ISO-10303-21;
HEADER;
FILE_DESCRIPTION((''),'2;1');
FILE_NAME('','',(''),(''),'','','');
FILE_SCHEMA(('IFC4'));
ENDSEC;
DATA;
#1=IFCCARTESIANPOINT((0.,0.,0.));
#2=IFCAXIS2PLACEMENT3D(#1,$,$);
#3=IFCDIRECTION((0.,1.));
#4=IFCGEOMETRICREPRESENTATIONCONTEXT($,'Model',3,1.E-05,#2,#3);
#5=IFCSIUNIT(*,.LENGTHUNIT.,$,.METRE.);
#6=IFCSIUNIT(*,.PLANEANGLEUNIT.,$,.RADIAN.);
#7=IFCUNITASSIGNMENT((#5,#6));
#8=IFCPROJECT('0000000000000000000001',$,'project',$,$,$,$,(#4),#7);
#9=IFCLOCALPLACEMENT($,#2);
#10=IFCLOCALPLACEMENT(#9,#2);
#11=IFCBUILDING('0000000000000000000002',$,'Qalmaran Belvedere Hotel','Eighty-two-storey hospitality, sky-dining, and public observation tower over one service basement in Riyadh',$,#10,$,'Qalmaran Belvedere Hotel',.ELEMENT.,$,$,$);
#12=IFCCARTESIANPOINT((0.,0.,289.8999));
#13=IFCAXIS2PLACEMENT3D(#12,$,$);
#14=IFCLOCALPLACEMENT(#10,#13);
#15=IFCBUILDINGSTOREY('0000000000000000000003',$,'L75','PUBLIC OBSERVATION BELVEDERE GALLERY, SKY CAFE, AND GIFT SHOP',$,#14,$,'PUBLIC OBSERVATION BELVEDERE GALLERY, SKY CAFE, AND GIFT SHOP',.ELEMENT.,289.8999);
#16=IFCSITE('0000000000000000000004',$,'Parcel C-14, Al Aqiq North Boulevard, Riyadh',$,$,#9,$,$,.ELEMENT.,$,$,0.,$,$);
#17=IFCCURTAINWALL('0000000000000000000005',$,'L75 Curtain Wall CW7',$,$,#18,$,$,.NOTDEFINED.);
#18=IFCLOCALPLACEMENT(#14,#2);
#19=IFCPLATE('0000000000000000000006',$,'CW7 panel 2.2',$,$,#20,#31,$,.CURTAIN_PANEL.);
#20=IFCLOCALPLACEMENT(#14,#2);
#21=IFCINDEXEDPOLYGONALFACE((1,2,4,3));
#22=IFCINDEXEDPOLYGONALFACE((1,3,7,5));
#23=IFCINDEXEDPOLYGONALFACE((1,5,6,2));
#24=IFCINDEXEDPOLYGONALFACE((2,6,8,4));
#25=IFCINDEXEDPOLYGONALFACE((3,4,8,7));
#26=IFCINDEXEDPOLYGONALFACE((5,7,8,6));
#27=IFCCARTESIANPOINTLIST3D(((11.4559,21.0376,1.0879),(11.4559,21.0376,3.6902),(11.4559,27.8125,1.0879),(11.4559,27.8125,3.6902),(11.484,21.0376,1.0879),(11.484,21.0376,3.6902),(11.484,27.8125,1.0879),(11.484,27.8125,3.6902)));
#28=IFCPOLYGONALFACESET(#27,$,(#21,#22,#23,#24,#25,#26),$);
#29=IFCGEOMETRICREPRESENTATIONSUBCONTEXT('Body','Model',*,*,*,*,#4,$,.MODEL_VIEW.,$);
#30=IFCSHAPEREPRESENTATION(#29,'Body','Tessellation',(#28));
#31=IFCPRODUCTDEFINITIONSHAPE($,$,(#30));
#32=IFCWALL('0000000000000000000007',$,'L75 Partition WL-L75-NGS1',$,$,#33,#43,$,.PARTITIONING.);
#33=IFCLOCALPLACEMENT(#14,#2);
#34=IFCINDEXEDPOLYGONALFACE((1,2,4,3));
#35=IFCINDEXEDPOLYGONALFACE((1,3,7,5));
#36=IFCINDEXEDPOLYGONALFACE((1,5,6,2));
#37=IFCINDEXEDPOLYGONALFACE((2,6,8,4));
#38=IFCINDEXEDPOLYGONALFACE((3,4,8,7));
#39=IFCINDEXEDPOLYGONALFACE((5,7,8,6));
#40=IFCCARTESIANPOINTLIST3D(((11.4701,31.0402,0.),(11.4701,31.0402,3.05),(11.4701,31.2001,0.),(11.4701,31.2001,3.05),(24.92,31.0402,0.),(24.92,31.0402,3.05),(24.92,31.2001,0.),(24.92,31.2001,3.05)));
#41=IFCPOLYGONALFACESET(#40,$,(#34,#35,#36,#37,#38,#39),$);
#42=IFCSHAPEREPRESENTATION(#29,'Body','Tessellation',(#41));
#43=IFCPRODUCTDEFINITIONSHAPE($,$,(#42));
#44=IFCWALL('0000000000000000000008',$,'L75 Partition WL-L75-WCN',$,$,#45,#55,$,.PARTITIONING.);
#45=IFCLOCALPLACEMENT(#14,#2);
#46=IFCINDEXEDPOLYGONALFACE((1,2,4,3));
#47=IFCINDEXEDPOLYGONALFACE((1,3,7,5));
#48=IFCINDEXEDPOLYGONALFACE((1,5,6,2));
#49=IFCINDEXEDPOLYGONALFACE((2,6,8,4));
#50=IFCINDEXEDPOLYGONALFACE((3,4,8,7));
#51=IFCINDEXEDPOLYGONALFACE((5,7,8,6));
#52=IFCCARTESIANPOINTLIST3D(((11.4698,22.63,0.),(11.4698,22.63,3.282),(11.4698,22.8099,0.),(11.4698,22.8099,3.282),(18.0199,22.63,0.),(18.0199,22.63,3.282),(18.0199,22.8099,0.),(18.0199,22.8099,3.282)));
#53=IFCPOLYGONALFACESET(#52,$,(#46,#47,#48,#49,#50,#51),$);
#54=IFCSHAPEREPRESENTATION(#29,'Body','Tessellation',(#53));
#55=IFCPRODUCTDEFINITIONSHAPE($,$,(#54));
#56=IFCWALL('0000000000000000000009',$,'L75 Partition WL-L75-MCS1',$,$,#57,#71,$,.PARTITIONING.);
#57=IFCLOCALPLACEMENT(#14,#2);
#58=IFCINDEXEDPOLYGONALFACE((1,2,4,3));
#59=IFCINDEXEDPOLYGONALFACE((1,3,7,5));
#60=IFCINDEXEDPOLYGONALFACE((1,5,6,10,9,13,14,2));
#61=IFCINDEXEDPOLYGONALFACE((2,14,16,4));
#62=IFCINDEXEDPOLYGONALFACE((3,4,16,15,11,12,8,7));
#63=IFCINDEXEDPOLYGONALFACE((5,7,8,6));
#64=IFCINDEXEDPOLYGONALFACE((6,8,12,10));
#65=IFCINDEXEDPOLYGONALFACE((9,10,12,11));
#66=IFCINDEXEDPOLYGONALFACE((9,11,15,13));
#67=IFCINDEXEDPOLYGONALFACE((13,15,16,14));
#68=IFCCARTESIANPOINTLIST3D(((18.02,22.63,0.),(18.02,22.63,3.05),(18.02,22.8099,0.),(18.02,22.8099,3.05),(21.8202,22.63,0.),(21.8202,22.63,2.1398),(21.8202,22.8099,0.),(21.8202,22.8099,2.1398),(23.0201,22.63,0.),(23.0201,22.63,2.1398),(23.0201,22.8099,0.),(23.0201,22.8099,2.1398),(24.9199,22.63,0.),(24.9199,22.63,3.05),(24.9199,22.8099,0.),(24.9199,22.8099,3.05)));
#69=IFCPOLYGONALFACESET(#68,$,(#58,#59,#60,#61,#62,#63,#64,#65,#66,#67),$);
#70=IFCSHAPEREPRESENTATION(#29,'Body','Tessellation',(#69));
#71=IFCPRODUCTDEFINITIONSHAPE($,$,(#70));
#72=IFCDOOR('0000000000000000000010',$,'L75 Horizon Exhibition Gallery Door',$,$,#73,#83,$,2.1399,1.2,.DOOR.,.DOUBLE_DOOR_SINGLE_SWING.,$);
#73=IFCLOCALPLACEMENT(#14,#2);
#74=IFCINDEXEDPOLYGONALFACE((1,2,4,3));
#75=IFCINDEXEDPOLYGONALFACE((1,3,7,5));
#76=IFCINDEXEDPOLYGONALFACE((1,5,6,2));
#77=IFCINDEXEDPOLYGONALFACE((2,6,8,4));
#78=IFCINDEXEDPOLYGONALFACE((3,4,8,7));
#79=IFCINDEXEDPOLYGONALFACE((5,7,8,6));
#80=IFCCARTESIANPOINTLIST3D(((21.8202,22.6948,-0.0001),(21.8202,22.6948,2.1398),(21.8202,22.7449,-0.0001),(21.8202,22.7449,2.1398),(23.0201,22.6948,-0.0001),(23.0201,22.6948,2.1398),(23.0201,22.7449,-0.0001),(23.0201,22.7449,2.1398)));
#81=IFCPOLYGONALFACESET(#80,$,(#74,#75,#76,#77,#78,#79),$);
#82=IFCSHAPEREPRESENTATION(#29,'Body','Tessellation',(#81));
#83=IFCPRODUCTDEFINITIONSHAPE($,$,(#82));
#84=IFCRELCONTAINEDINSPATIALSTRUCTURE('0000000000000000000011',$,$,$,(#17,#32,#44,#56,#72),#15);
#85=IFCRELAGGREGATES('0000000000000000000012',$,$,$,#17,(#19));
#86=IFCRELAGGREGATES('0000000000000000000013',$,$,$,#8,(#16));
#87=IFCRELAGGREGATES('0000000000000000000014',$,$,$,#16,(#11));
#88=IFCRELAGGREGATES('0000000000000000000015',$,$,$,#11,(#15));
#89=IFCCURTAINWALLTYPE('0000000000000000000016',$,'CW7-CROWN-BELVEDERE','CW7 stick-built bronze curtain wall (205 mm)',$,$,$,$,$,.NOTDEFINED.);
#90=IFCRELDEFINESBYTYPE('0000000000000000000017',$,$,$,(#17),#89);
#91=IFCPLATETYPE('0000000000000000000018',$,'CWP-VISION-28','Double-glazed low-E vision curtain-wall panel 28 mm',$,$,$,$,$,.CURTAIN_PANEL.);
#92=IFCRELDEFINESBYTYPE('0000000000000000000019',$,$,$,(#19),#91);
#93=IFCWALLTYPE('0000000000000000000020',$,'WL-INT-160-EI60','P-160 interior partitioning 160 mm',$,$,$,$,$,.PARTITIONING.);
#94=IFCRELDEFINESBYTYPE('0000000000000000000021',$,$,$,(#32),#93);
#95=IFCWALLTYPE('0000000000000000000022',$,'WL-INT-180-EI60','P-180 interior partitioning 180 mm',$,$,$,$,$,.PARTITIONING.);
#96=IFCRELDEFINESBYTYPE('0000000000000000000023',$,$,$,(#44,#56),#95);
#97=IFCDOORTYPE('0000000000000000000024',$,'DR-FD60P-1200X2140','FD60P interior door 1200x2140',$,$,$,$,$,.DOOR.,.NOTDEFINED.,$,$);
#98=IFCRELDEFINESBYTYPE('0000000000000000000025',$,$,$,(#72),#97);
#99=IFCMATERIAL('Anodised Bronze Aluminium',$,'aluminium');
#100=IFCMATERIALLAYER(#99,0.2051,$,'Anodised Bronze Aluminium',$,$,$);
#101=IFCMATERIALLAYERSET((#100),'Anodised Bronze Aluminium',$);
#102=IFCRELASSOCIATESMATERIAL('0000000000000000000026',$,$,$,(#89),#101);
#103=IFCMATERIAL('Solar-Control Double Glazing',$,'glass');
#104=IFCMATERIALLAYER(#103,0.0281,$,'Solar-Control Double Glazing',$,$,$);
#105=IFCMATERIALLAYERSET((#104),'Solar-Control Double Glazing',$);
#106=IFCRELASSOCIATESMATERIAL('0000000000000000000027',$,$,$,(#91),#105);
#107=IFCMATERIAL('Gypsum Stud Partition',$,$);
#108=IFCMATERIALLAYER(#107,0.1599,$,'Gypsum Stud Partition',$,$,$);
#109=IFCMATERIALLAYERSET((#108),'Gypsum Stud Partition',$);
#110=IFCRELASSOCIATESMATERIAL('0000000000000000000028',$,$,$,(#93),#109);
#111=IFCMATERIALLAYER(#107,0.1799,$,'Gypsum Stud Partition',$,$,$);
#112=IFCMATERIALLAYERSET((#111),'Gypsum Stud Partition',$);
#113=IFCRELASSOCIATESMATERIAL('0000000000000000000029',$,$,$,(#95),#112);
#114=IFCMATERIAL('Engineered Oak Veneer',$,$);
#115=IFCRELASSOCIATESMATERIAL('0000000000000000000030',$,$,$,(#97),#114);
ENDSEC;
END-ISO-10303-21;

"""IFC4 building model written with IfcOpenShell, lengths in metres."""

from ifc_helpers import new_model, si_unit, direction, frame, frame_2d, origin, origin_2d, place, context, subcontext, project, spatial, rectangle, extrude, material, layer, layer_set, type_object, element, fill, aggregate, save


model = new_model("IFC4")

# Units and contexts
model_context = context("Model", 3, precision=1e-05, world=origin(), true_north=direction((0.0, 1.0)))
body_context = subcontext(model_context, "Body", "Model", "MODEL_VIEW")
ifc_project = project(units=[si_unit("LENGTHUNIT", "METRE"), si_unit("PLANEANGLEUNIT", "RADIAN")], contexts=[model_context])

# Site, building, storey
site_placement = place(None, origin())
site = spatial("IfcSite", under=ifc_project, at=site_placement, Name="Parcel C-14, Al Aqiq North Boulevard, Riyadh", CompositionType="ELEMENT", RefElevation=0.0)
building_placement = place(site_placement, origin())
building = spatial("IfcBuilding", under=site, at=building_placement, Name="Qalmaran Belvedere Hotel", Description="Eighty-two-storey hospitality, sky-dining, and public observation tower over one service basement in Riyadh", LongName="Qalmaran Belvedere Hotel", CompositionType="ELEMENT")
storey_placement = place(building_placement, frame((0.0, 0.0, 289.8999)))
storey = spatial("IfcBuildingStorey", under=building, at=storey_placement, Name="L75", Description="PUBLIC OBSERVATION BELVEDERE GALLERY, SKY CAFE, AND GIFT SHOP", LongName="PUBLIC OBSERVATION BELVEDERE GALLERY, SKY CAFE, AND GIFT SHOP", CompositionType="ELEMENT", Elevation=289.8999)

# Curtain wall, plate
ifc_material_1 = material(Name="Anodised Bronze Aluminium", Category="aluminium")
ifc_layer_1 = layer(ifc_material_1, 0.2051, Name="Anodised Bronze Aluminium")
ifc_layer_set_1 = layer_set([ifc_layer_1], Name="Anodised Bronze Aluminium")
curtain_wall_type = type_object("IfcCurtainWallType", Name="CW7-CROWN-BELVEDERE", Description="CW7 stick-built bronze curtain wall (205 mm)", PredefinedType="NOTDEFINED", material=ifc_layer_set_1)
curtain_wall_placement = place(storey_placement, origin())
curtain_wall = element("IfcCurtainWall", 1, at=curtain_wall_placement, inside=storey, type_object=curtain_wall_type, Name="L75 Curtain Wall CW7", PredefinedType="NOTDEFINED")
ifc_material_2 = material(Name="Solar-Control Double Glazing", Category="glass")
ifc_layer_2 = layer(ifc_material_2, 0.0281, Name="Solar-Control Double Glazing")
ifc_layer_set_2 = layer_set([ifc_layer_2], Name="Solar-Control Double Glazing")
plate_type_1 = type_object("IfcPlateType", Name="CWP-VISION-28", Description="Double-glazed low-E vision curtain-wall panel 28 mm", PredefinedType="CURTAIN_PANEL", material=ifc_layer_set_2)
plate_1_placement = place(storey_placement, frame((11.47, 24.425, 1.0879), z_axis=(0.0, 0.0, 1.0), x_axis=(0.0, -1.0, 0.0)))
plate_1 = element("IfcPlate", 2, at=plate_1_placement, type_object=plate_type_1, Name="CW7 panel 2.2", PredefinedType="CURTAIN_PANEL", context=body_context, shape_type="SweptSolid", body=[
    extrude(rectangle(XDim=6.7749, YDim=0.0281, at=origin_2d()), origin(), (0.0, 0.0, 1.0), 2.6023),
])
aggregate(curtain_wall, [plate_1])

# Walls
ifc_material_3 = material(Name="Gypsum Stud Partition")
ifc_layer_3 = layer(ifc_material_3, 0.1599, Name="Gypsum Stud Partition")
ifc_layer_set_3 = layer_set([ifc_layer_3], Name="Gypsum Stud Partition")
wall_type_1 = type_object("IfcWallType", Name="WL-INT-160-EI60", Description="P-160 interior partitioning 160 mm", PredefinedType="PARTITIONING", material=ifc_layer_set_3)
wall_1_placement = place(storey_placement, frame((11.47, 31.1201, 0.0), z_axis=(0.0, 0.0, 1.0), x_axis=(1.0, 0.0, 0.0)))
element("IfcWall", 3, at=wall_1_placement, inside=storey, type_object=wall_type_1, Name="L75 Partition WL-L75-NGS1", PredefinedType="PARTITIONING", context=body_context, shape_type="SweptSolid", body=[
    extrude(rectangle(XDim=13.45, YDim=0.1599, at=frame_2d((6.7251, 0.0))), origin(), (0.0, 0.0, 1.0), 3.05),
])
ifc_layer_4 = layer(ifc_material_3, 0.1799, Name="Gypsum Stud Partition")
ifc_layer_set_4 = layer_set([ifc_layer_4], Name="Gypsum Stud Partition")
wall_type_2 = type_object("IfcWallType", Name="WL-INT-180-EI60", Description="P-180 interior partitioning 180 mm", PredefinedType="PARTITIONING", material=ifc_layer_set_4)
wall_2_placement = place(storey_placement, frame((11.47, 22.72, 0.0), z_axis=(0.0, 0.0, 1.0), x_axis=(1.0, 0.0, 0.0)))
element("IfcWall", 4, at=wall_2_placement, inside=storey, type_object=wall_type_2, Name="L75 Partition WL-L75-WCN", PredefinedType="PARTITIONING", context=body_context, shape_type="SweptSolid", body=[
    extrude(rectangle(XDim=6.55, YDim=0.1799, at=frame_2d((3.2749, 0.0))), origin(), (0.0, 0.0, 1.0), 3.282),
])

# Wall, opening, door
wall_3_placement = place(storey_placement, frame((18.02, 22.72, 0.0), z_axis=(0.0, 0.0, 1.0), x_axis=(1.0, 0.0, 0.0)))
wall_3 = element("IfcWall", 5, at=wall_3_placement, inside=storey, type_object=wall_type_2, Name="L75 Partition WL-L75-MCS1", PredefinedType="PARTITIONING", context=body_context, shape_type="SweptSolid", body=[
    extrude(rectangle(XDim=6.8999, YDim=0.1799, at=frame_2d((3.45, 0.0))), origin(), (0.0, 0.0, 1.0), 3.05),
])
opening_placement = place(wall_3_placement, frame((3.8, 0.0, 0.0)))
opening = element("IfcOpeningElement", 6, at=opening_placement, cuts=wall_3, PredefinedType="OPENING", context=body_context, shape_type="SweptSolid", body=[
    extrude(rectangle(XDim=1.2, YDim=2.1399, at=frame_2d((0.6001, 1.0698))), frame((0.0, 0.1001, 0.0), z_axis=(0.0, -1.0, 0.0), x_axis=(1.0, 0.0, 0.0)), (0.0, 0.0, 1.0), 0.2),
])
ifc_material_4 = material(Name="Engineered Oak Veneer")
door_type = type_object("IfcDoorType", Name="DR-FD60P-1200X2140", Description="FD60P interior door 1200x2140", OperationType="NOTDEFINED", PredefinedType="DOOR", material=ifc_material_4)
door_placement = place(opening_placement, origin())
door = element("IfcDoor", 7, at=door_placement, inside=storey, type_object=door_type, Name="L75 Horizon Exhibition Gallery Door", OperationType="DOUBLE_DOOR_SINGLE_SWING", OverallHeight=2.1399, OverallWidth=1.2, PredefinedType="DOOR", context=body_context, shape_type="SweptSolid", body=[
    extrude(rectangle(XDim=1.2, YDim=2.1399, at=frame_2d((0.6001, 1.0698))), frame((0.0, 0.0249, 0.0), z_axis=(0.0, -1.0, 0.0), x_axis=(1.0, 0.0, 0.0)), (0.0, 0.0, 1.0), 0.05),
])
fill(opening, door)

save(model, "model.ifc")
